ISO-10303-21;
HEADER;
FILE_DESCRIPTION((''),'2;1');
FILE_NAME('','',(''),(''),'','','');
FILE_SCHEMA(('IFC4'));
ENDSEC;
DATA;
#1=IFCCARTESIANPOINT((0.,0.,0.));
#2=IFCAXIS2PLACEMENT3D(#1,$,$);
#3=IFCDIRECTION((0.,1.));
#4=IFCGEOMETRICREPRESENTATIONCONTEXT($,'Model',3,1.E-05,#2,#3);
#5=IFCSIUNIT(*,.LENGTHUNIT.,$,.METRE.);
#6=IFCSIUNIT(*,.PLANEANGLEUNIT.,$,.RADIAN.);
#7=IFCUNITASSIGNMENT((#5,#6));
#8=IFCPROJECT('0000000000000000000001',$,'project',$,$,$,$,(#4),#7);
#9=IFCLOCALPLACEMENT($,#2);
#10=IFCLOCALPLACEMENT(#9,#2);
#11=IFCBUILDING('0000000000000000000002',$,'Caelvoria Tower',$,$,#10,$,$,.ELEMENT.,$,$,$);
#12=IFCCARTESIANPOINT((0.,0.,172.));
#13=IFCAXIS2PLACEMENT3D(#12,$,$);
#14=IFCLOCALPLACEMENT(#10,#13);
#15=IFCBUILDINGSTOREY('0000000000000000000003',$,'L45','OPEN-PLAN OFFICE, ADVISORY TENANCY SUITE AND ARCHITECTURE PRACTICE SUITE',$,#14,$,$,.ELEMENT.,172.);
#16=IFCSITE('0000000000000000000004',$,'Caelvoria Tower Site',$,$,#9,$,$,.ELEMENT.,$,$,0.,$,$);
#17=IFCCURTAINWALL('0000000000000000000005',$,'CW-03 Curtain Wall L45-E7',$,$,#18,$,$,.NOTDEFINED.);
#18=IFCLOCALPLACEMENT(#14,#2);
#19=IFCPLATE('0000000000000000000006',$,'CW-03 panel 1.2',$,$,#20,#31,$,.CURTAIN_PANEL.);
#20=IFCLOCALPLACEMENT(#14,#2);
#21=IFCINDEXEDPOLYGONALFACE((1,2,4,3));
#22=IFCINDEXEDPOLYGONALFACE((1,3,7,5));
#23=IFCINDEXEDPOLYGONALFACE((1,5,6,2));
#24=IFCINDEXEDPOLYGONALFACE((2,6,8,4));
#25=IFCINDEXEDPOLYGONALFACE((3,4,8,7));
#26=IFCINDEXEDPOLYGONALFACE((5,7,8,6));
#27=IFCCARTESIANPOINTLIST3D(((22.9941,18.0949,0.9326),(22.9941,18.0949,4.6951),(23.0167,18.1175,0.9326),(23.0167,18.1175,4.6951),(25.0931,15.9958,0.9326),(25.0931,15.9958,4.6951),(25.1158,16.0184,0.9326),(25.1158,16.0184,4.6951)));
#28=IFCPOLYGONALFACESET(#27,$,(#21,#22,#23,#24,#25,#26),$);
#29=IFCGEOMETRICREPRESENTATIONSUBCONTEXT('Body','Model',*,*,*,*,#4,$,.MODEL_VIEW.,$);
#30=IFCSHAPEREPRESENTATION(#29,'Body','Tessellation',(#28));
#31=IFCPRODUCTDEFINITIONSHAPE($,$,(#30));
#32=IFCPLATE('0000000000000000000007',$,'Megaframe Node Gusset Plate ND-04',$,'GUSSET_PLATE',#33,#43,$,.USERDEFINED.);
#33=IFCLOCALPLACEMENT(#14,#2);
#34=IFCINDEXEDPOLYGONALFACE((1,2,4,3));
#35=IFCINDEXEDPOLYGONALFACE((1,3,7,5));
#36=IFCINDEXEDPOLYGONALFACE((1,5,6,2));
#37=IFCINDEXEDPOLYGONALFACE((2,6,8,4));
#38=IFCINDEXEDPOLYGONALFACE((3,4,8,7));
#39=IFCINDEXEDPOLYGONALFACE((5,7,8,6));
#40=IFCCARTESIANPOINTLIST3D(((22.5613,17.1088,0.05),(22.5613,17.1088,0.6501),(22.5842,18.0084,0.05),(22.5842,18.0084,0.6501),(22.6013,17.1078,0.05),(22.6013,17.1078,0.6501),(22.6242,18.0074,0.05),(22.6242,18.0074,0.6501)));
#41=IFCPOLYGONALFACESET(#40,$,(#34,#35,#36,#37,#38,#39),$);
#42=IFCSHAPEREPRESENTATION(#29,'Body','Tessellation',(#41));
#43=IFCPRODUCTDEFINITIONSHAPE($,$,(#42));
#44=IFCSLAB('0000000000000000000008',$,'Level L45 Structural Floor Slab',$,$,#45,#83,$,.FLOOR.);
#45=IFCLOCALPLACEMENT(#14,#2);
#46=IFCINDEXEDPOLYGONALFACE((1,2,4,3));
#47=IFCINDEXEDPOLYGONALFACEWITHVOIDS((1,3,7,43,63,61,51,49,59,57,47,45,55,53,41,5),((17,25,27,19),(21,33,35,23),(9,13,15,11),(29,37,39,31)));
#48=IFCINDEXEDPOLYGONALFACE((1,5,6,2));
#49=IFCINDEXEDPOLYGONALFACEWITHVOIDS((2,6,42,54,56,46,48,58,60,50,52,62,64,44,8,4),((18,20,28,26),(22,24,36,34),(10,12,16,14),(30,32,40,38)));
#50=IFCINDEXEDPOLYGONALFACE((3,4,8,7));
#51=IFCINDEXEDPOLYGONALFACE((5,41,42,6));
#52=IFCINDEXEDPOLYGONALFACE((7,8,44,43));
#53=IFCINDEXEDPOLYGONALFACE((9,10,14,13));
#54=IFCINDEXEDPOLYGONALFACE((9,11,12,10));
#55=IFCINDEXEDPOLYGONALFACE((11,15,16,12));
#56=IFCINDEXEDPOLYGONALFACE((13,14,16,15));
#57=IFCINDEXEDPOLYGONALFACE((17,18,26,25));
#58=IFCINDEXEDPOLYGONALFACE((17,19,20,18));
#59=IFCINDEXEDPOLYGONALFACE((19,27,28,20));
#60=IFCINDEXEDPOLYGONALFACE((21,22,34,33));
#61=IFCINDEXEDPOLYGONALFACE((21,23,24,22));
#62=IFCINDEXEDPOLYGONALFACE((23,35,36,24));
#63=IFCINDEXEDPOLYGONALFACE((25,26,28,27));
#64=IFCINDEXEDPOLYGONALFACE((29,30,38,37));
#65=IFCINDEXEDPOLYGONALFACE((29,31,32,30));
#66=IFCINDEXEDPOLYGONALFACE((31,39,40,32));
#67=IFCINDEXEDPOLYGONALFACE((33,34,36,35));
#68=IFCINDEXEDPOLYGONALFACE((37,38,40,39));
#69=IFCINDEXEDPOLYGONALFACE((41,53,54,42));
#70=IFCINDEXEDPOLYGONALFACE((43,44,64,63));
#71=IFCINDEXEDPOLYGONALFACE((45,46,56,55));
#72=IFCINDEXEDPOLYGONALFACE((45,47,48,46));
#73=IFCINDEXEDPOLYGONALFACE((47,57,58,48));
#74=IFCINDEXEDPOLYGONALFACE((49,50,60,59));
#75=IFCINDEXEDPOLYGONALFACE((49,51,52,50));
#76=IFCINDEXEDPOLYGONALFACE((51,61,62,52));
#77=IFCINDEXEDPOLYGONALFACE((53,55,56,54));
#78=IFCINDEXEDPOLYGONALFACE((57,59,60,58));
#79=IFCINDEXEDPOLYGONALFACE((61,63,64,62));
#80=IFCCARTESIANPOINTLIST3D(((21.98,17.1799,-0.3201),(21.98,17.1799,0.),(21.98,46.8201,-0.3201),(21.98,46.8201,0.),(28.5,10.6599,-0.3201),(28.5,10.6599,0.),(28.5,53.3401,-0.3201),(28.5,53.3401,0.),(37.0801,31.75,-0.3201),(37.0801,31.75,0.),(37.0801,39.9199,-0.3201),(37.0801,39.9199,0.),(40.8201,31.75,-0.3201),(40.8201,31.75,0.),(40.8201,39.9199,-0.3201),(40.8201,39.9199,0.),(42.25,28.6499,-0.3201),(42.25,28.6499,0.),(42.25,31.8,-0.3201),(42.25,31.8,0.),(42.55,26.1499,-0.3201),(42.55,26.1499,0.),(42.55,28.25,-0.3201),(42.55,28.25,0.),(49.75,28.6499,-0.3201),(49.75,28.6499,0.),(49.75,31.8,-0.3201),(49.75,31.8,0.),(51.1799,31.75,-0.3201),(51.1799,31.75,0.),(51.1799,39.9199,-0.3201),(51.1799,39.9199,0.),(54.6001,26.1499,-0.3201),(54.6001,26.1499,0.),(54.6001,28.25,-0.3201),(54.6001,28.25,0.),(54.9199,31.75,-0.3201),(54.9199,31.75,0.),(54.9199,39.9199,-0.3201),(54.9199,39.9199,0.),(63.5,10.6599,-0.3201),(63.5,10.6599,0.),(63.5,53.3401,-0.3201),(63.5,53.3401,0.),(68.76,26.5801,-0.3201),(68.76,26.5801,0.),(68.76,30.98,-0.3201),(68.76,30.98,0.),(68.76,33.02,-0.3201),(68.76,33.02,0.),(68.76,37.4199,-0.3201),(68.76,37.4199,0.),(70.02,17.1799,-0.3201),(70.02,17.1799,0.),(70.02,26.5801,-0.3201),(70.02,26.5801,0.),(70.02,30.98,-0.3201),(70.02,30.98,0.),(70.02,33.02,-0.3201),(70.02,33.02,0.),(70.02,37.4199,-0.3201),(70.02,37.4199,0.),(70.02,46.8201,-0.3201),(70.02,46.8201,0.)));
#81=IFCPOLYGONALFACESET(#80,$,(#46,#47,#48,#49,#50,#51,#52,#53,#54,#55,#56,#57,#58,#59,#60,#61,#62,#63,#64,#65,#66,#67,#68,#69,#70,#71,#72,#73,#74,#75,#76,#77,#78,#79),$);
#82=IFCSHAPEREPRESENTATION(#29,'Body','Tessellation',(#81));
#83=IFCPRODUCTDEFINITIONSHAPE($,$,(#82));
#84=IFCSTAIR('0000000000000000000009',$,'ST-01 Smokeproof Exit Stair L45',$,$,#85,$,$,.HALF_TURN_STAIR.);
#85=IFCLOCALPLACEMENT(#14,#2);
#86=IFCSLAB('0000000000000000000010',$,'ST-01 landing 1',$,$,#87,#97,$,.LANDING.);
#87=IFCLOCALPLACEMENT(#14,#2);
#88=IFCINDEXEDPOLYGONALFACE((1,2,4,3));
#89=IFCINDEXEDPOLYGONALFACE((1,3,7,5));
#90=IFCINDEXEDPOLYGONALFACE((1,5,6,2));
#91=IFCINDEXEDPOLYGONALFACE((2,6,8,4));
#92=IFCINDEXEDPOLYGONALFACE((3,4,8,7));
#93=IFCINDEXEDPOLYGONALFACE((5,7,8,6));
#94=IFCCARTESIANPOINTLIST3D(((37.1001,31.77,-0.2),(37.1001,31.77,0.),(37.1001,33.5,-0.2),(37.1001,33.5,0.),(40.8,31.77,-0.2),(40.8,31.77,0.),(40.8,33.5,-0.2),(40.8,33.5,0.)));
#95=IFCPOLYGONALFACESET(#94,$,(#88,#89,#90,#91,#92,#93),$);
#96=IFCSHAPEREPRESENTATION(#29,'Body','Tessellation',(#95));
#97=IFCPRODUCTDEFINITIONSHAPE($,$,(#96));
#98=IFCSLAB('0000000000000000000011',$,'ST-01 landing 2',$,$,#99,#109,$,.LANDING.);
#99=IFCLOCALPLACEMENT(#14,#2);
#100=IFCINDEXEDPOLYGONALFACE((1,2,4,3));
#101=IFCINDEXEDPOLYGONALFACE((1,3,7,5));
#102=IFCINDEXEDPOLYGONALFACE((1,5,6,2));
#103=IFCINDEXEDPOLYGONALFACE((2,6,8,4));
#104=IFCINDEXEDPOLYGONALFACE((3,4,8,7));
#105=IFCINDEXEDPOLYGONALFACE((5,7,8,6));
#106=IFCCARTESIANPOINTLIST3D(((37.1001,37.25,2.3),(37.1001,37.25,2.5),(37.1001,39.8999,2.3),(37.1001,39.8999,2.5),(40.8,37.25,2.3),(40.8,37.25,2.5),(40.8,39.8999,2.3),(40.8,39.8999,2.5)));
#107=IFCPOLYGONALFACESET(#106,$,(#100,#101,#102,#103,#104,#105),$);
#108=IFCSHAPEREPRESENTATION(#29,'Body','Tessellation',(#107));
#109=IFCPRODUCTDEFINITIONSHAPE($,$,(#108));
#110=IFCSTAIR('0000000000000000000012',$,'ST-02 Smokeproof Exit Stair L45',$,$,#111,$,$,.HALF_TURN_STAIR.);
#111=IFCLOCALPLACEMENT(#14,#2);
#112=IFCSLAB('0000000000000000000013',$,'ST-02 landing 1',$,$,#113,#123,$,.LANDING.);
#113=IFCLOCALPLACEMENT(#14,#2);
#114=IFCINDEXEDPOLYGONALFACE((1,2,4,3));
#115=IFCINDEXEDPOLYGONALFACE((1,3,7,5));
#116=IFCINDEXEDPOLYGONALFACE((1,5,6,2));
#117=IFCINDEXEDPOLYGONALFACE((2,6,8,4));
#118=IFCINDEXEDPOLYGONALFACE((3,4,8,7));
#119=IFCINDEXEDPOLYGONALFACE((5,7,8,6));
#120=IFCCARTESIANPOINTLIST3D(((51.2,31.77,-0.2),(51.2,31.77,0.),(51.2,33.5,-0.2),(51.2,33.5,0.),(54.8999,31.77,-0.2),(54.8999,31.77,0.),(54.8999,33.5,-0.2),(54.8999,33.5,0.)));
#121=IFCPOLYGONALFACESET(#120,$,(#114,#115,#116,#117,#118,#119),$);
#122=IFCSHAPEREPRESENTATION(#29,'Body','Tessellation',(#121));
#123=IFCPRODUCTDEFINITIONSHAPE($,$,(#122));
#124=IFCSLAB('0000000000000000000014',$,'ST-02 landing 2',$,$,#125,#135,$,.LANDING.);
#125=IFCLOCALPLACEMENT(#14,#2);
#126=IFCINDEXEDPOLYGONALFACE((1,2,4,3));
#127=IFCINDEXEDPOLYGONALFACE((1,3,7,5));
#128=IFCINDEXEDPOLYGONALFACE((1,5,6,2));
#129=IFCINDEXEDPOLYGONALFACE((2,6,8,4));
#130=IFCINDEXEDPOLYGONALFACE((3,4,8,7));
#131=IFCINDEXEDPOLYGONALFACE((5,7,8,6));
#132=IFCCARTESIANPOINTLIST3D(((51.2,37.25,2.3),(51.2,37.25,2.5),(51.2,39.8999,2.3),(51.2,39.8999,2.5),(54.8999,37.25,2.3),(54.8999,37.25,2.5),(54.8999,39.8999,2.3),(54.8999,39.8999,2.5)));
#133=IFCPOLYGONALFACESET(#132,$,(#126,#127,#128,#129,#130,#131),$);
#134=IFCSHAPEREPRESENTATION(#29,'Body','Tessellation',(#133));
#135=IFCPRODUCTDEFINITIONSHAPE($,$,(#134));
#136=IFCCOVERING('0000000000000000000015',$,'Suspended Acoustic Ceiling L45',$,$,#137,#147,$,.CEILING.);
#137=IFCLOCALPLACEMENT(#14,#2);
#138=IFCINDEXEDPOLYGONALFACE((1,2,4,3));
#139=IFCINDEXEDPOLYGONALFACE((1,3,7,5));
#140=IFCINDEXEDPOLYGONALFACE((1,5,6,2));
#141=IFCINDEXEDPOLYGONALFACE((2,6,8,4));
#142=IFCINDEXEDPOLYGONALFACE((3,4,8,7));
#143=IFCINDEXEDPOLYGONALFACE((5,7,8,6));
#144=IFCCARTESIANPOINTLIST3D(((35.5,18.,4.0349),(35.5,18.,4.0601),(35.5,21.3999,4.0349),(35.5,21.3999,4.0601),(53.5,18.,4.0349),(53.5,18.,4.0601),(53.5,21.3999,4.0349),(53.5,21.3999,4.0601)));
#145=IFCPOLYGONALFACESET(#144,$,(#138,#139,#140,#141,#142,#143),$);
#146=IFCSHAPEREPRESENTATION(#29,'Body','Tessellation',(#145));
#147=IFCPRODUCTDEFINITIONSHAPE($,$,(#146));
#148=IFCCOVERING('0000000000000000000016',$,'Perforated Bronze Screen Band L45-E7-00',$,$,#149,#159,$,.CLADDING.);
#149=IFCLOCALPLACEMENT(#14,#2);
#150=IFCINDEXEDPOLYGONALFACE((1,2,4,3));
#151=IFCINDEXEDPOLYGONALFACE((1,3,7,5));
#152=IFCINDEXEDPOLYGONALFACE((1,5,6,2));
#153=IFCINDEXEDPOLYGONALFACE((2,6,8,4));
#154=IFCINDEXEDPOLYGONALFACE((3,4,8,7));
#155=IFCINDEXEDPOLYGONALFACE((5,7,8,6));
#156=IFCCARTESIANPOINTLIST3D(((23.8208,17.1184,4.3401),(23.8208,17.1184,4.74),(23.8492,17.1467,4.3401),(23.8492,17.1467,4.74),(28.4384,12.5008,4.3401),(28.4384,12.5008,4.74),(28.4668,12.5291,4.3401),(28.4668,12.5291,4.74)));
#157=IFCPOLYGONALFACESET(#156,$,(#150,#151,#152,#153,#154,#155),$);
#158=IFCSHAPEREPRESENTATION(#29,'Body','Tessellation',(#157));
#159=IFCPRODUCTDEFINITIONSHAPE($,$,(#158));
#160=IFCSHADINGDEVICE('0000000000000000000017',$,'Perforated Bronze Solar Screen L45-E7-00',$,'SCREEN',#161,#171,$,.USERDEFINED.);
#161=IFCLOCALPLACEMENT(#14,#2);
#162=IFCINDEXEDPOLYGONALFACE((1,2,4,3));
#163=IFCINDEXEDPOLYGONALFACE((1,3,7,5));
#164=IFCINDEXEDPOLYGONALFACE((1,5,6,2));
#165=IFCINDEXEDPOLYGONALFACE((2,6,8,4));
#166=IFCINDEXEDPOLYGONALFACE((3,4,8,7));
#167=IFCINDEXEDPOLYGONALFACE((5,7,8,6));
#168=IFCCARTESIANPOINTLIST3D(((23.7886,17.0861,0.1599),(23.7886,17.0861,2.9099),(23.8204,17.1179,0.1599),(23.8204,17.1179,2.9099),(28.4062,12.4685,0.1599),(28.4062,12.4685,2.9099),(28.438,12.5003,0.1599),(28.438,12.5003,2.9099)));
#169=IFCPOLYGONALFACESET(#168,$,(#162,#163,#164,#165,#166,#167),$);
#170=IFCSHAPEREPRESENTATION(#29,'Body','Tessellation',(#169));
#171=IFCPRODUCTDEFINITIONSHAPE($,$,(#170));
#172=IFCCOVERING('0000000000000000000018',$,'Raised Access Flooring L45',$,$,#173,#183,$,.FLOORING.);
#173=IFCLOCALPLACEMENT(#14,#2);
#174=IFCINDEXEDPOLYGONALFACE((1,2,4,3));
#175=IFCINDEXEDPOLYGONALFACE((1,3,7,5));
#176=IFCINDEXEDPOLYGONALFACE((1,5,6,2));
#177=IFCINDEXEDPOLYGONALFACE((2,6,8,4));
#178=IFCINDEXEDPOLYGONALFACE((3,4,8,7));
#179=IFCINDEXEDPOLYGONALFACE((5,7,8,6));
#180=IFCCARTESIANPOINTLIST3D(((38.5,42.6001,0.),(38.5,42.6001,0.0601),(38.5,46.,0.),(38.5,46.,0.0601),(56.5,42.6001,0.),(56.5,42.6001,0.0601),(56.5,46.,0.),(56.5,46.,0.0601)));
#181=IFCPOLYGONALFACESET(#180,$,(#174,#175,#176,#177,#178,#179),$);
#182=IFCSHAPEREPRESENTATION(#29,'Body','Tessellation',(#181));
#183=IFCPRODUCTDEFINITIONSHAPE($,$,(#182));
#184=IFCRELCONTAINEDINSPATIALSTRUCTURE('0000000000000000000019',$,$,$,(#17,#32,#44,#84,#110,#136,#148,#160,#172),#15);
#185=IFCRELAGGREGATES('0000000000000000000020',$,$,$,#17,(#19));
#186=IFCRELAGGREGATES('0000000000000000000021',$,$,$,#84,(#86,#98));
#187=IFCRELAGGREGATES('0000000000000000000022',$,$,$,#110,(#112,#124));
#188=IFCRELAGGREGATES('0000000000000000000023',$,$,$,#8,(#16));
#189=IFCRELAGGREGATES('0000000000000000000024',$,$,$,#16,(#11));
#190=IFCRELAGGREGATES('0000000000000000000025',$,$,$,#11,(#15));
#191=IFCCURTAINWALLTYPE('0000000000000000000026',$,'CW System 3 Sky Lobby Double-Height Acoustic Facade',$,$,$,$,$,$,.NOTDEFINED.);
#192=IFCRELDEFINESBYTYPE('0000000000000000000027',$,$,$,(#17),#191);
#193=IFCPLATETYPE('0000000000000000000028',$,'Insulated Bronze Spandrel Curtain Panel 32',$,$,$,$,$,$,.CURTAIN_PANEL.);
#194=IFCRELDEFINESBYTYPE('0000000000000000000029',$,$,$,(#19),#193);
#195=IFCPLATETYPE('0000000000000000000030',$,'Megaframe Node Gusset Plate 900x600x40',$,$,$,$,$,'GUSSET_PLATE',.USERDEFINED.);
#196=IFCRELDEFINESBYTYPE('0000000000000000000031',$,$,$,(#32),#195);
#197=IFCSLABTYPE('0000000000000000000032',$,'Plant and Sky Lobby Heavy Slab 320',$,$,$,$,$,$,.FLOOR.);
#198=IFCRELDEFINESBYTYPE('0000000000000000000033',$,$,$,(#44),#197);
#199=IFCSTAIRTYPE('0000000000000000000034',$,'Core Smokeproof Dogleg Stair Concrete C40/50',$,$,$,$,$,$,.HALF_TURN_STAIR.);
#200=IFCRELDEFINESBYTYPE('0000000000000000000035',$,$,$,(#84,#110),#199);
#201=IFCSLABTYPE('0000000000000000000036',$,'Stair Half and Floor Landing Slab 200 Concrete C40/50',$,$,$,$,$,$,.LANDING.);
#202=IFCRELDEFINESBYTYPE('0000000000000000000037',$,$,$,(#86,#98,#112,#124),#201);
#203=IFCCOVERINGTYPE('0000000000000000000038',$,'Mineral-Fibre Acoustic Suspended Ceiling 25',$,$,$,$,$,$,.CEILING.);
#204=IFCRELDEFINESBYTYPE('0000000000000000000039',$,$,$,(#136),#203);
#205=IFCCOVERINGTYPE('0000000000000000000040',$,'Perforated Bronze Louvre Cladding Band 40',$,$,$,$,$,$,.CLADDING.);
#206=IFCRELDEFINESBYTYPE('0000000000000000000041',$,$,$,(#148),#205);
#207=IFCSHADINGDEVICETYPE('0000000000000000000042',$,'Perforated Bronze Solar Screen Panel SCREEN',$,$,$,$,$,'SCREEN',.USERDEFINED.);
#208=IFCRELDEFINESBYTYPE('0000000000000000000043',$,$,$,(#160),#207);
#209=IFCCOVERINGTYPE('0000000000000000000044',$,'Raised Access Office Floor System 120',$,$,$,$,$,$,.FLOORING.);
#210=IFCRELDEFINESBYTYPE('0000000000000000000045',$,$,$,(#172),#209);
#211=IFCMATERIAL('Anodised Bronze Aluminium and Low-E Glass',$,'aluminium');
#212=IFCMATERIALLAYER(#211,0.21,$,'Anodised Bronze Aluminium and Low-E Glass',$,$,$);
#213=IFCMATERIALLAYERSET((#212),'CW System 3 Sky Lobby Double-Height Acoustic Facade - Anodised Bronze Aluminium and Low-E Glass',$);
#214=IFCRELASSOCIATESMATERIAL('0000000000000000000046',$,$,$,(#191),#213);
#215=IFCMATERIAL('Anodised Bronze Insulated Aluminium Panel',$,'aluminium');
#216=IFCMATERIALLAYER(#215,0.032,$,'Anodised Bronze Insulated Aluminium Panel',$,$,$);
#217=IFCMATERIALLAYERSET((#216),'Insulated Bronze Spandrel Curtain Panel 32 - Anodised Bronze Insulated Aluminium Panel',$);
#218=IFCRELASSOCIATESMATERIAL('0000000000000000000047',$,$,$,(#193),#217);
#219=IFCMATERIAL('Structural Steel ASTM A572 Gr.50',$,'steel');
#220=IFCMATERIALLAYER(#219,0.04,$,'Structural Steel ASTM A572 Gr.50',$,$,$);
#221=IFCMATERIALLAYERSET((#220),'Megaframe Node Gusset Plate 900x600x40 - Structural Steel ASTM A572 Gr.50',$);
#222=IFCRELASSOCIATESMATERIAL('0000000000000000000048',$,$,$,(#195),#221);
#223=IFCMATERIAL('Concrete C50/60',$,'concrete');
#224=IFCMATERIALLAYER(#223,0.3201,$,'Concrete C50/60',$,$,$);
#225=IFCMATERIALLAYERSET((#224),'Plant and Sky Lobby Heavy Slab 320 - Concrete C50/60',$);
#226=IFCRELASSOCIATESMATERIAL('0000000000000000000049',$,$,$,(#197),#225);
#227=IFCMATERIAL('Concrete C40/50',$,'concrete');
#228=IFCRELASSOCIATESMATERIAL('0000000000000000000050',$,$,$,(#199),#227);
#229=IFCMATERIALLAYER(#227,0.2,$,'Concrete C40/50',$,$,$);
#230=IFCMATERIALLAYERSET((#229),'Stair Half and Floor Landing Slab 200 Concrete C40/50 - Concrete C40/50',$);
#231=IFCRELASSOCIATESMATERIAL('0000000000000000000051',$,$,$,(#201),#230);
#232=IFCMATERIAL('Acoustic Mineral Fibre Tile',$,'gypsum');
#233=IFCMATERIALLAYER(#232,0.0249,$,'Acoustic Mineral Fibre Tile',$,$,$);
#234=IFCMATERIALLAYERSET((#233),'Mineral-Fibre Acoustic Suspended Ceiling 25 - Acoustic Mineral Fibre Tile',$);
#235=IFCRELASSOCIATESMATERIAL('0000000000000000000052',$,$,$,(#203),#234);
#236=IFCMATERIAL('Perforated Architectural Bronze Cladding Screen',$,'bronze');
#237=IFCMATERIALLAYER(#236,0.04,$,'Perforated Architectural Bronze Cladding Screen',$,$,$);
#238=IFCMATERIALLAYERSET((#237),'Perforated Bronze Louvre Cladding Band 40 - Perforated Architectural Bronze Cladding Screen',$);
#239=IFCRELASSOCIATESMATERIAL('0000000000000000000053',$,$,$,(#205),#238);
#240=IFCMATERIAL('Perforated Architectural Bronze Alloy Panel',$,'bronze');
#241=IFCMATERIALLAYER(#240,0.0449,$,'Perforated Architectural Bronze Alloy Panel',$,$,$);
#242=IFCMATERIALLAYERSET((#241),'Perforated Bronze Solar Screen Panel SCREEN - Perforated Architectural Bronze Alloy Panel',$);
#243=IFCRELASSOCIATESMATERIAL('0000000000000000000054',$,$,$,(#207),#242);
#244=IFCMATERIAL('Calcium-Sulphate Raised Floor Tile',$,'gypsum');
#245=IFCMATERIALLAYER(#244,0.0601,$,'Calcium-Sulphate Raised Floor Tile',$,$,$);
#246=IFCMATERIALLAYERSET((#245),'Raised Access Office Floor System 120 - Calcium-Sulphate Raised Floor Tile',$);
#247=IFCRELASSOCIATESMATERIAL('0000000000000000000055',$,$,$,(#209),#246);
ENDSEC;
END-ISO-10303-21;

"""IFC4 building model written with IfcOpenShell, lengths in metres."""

from ifc_helpers import new_model, si_unit, direction, frame, origin, origin_2d, place, context, subcontext, project, spatial, polyline, rectangle, outline, extrude, material, layer, layer_set, type_object, element, aggregate, save


model = new_model("IFC4")

# Units and contexts
model_context = context("Model", 3, precision=1e-05, world=origin(), true_north=direction((0.0, 1.0)))
body_context = subcontext(model_context, "Body", "Model", "MODEL_VIEW")
ifc_project = project(units=[si_unit("LENGTHUNIT", "METRE"), si_unit("PLANEANGLEUNIT", "RADIAN")], contexts=[model_context])

# Site, building, storey
site_placement = place(None, origin())
site = spatial("IfcSite", under=ifc_project, at=site_placement, Name="Caelvoria Tower Site", CompositionType="ELEMENT", RefElevation=0.0)
building_placement = place(site_placement, origin())
building = spatial("IfcBuilding", under=site, at=building_placement, Name="Caelvoria Tower", CompositionType="ELEMENT")
storey_placement = place(building_placement, frame((0.0, 0.0, 172.0)))
storey = spatial("IfcBuildingStorey", under=building, at=storey_placement, Name="L45", Description="OPEN-PLAN OFFICE, ADVISORY TENANCY SUITE AND ARCHITECTURE PRACTICE SUITE", CompositionType="ELEMENT", Elevation=172.0)

# Shared definitions
ifc_material_1 = material(Name="Structural Steel ASTM A572 Gr.50", Category="steel")

# Shared definitions
ifc_material_2 = material(Name="Anodised Bronze Aluminium and Low-E Glass", Category="aluminium")
ifc_layer_1 = layer(ifc_material_2, 0.21, Name="Anodised Bronze Aluminium and Low-E Glass")
ifc_layer_set_1 = layer_set([ifc_layer_1], Name="CW System 3 Sky Lobby Double-Height Acoustic Facade - Anodised Bronze Aluminium and Low-E Glass")
curtain_wall_type = type_object("IfcCurtainWallType", Name="CW System 3 Sky Lobby Double-Height Acoustic Facade", PredefinedType="NOTDEFINED", material=ifc_layer_set_1)

# Curtain wall
curtain_wall_1_placement = place(storey_placement, origin())
curtain_wall_1 = element("IfcCurtainWall", 1, at=curtain_wall_1_placement, inside=storey, type_object=curtain_wall_type, Name="CW-03 Curtain Wall L45-E7", PredefinedType="NOTDEFINED")

# Shared definitions
ifc_material_3 = material(Name="Concrete C50/60", Category="concrete")

# Plates
ifc_material_4 = material(Name="Anodised Bronze Insulated Aluminium Panel", Category="aluminium")
ifc_layer_2 = layer(ifc_material_4, 0.032, Name="Anodised Bronze Insulated Aluminium Panel")
ifc_layer_set_2 = layer_set([ifc_layer_2], Name="Insulated Bronze Spandrel Curtain Panel 32 - Anodised Bronze Insulated Aluminium Panel")
plate_type_1 = type_object("IfcPlateType", Name="Insulated Bronze Spandrel Curtain Panel 32", PredefinedType="CURTAIN_PANEL", material=ifc_layer_set_2)
plate_1_placement = place(storey_placement, frame((24.0549, 17.0566, 0.9326), z_axis=(0.0, 0.0, 1.0), x_axis=(0.707107, -0.707107, 0.0)))
plate_1 = element("IfcPlate", 2, at=plate_1_placement, type_object=plate_type_1, Name="CW-03 panel 1.2", PredefinedType="CURTAIN_PANEL", context=body_context, shape_type="SweptSolid", body=[
    extrude(rectangle(XDim=2.9685, YDim=0.032, at=origin_2d()), origin(), (0.0, 0.0, 1.0), 3.7625),
])
aggregate(curtain_wall_1, [plate_1])
ifc_layer_3 = layer(ifc_material_1, 0.04, Name="Structural Steel ASTM A572 Gr.50")
ifc_layer_set_3 = layer_set([ifc_layer_3], Name="Megaframe Node Gusset Plate 900x600x40 - Structural Steel ASTM A572 Gr.50")
plate_type_2 = type_object("IfcPlateType", Name="Megaframe Node Gusset Plate 900x600x40", ElementType="GUSSET_PLATE", PredefinedType="USERDEFINED", material=ifc_layer_set_3)
plate_2_placement = place(storey_placement, frame((22.5928, 17.5581, 0.05), z_axis=(0.0, 0.0, 1.0), x_axis=(0.025418, 0.999677, 0.0)))
element("IfcPlate", 3, at=plate_2_placement, inside=storey, type_object=plate_type_2, Name="Megaframe Node Gusset Plate ND-04", ObjectType="GUSSET_PLATE", PredefinedType="USERDEFINED", context=body_context, shape_type="SweptSolid", body=[
    extrude(rectangle(XDim=0.8999, YDim=0.04, at=origin_2d()), origin(), (0.0, 0.0, 1.0), 0.6001),
])

# Slab
ifc_layer_4 = layer(ifc_material_3, 0.3201, Name="Concrete C50/60")
ifc_layer_set_4 = layer_set([ifc_layer_4], Name="Plant and Sky Lobby Heavy Slab 320 - Concrete C50/60")
slab_type_1 = type_object("IfcSlabType", Name="Plant and Sky Lobby Heavy Slab 320", PredefinedType="FLOOR", material=ifc_layer_set_4)
slab_1_placement = place(storey_placement, frame((0.0, 0.0, -0.3201)))
element("IfcSlab", 4, at=slab_1_placement, inside=storey, type_object=slab_type_1, Name="Level L45 Structural Floor Slab", PredefinedType="FLOOR", context=body_context, shape_type="SweptSolid", body=[
    extrude(outline(polyline([(70.02, 17.1799), (70.02, 26.5801), (68.76, 26.5801), (68.76, 30.98), (70.02, 30.98), (70.02, 33.02), (68.76, 33.02), (68.76, 37.4199), (70.02, 37.4199), (70.02, 46.8201), (63.5, 53.3401), (28.5, 53.3401), (21.98, 46.8201), (21.98, 17.1799), (28.5, 10.6599), (63.5, 10.6599), (70.02, 17.1799)]), holes=[polyline([(37.0801, 31.75), (40.8201, 31.75), (40.8201, 39.9199), (37.0801, 39.9199), (37.0801, 31.75)]), polyline([(51.1799, 31.75), (54.9199, 31.75), (54.9199, 39.9199), (51.1799, 39.9199), (51.1799, 31.75)]), polyline([(42.25, 28.6499), (49.75, 28.6499), (49.75, 31.8), (42.25, 31.8), (42.25, 28.6499)]), polyline([(42.55, 26.1499), (54.6001, 26.1499), (54.6001, 28.25), (42.55, 28.25), (42.55, 26.1499)])]), origin(), (0.0, 0.0, 1.0), 0.3201),
])

# Stairs, slabs
ifc_material_5 = material(Name="Concrete C40/50", Category="concrete")
stair_type = type_object("IfcStairType", Name="Core Smokeproof Dogleg Stair Concrete C40/50", PredefinedType="HALF_TURN_STAIR", material=ifc_material_5)
stair_1_placement = place(storey_placement, origin())
stair_1 = element("IfcStair", 5, at=stair_1_placement, inside=storey, type_object=stair_type, Name="ST-01 Smokeproof Exit Stair L45", PredefinedType="HALF_TURN_STAIR")
ifc_layer_5 = layer(ifc_material_5, 0.2, Name="Concrete C40/50")
ifc_layer_set_5 = layer_set([ifc_layer_5], Name="Stair Half and Floor Landing Slab 200 Concrete C40/50 - Concrete C40/50")
slab_type_2 = type_object("IfcSlabType", Name="Stair Half and Floor Landing Slab 200 Concrete C40/50", PredefinedType="LANDING", material=ifc_layer_set_5)
slab_2_placement = place(storey_placement, frame((0.0, 0.0, -0.2)))
slab_2 = element("IfcSlab", 6, at=slab_2_placement, type_object=slab_type_2, Name="ST-01 landing 1", PredefinedType="LANDING", context=body_context, shape_type="SweptSolid", body=[
    extrude(outline(polyline([(37.1001, 31.77), (40.8, 31.77), (40.8, 33.5), (37.1001, 33.5), (37.1001, 31.77)])), origin(), (0.0, 0.0, 1.0), 0.2),
])
slab_3_placement = place(storey_placement, frame((0.0, 0.0, 2.3)))
slab_3 = element("IfcSlab", 7, at=slab_3_placement, type_object=slab_type_2, Name="ST-01 landing 2", PredefinedType="LANDING", context=body_context, shape_type="SweptSolid", body=[
    extrude(outline(polyline([(37.1001, 37.25), (40.8, 37.25), (40.8, 39.8999), (37.1001, 39.8999), (37.1001, 37.25)])), origin(), (0.0, 0.0, 1.0), 0.2),
])
aggregate(stair_1, [slab_2, slab_3])
stair_2_placement = place(storey_placement, origin())
stair_2 = element("IfcStair", 8, at=stair_2_placement, inside=storey, type_object=stair_type, Name="ST-02 Smokeproof Exit Stair L45", PredefinedType="HALF_TURN_STAIR")
slab_4_placement = place(storey_placement, frame((0.0, 0.0, -0.2)))
slab_4 = element("IfcSlab", 9, at=slab_4_placement, type_object=slab_type_2, Name="ST-02 landing 1", PredefinedType="LANDING", context=body_context, shape_type="SweptSolid", body=[
    extrude(outline(polyline([(51.2, 31.77), (54.8999, 31.77), (54.8999, 33.5), (51.2, 33.5), (51.2, 31.77)])), origin(), (0.0, 0.0, 1.0), 0.2),
])
slab_5_placement = place(storey_placement, frame((0.0, 0.0, 2.3)))
slab_5 = element("IfcSlab", 10, at=slab_5_placement, type_object=slab_type_2, Name="ST-02 landing 2", PredefinedType="LANDING", context=body_context, shape_type="SweptSolid", body=[
    extrude(outline(polyline([(51.2, 37.25), (54.8999, 37.25), (54.8999, 39.8999), (51.2, 39.8999), (51.2, 37.25)])), origin(), (0.0, 0.0, 1.0), 0.2),
])
aggregate(stair_2, [slab_4, slab_5])

# Coverings
ifc_material_6 = material(Name="Acoustic Mineral Fibre Tile", Category="gypsum")
ifc_layer_6 = layer(ifc_material_6, 0.0249, Name="Acoustic Mineral Fibre Tile")
ifc_layer_set_6 = layer_set([ifc_layer_6], Name="Mineral-Fibre Acoustic Suspended Ceiling 25 - Acoustic Mineral Fibre Tile")
covering_type_1 = type_object("IfcCoveringType", Name="Mineral-Fibre Acoustic Suspended Ceiling 25", PredefinedType="CEILING", material=ifc_layer_set_6)
covering_1_placement = place(storey_placement, frame((0.0, 0.0, 4.0349)))
element("IfcCovering", 11, at=covering_1_placement, inside=storey, type_object=covering_type_1, Name="Suspended Acoustic Ceiling L45", PredefinedType="CEILING", context=body_context, shape_type="SweptSolid", body=[
    extrude(outline(polyline([(35.5, 18.0), (53.5, 18.0), (53.5, 21.3999), (35.5, 21.3999), (35.5, 18.0)])), origin(), (0.0, 0.0, 1.0), 0.0251),
])
ifc_material_7 = material(Name="Perforated Architectural Bronze Cladding Screen", Category="bronze")
ifc_layer_7 = layer(ifc_material_7, 0.04, Name="Perforated Architectural Bronze Cladding Screen")
ifc_layer_set_7 = layer_set([ifc_layer_7], Name="Perforated Bronze Louvre Cladding Band 40 - Perforated Architectural Bronze Cladding Screen")
covering_type_2 = type_object("IfcCoveringType", Name="Perforated Bronze Louvre Cladding Band 40", PredefinedType="CLADDING", material=ifc_layer_set_7)
covering_2_placement = place(storey_placement, frame((26.1438, 14.8237, 4.3401), z_axis=(0.0, 0.0, 1.0), x_axis=(0.707107, -0.707107, 0.0)))
element("IfcCovering", 12, at=covering_2_placement, inside=storey, type_object=covering_type_2, Name="Perforated Bronze Screen Band L45-E7-00", PredefinedType="CLADDING", context=body_context, shape_type="SweptSolid", body=[
    extrude(rectangle(XDim=6.5303, YDim=0.04, at=origin_2d()), origin(), (0.0, 0.0, 1.0), 0.3999),
])

# Shading device
ifc_material_8 = material(Name="Perforated Architectural Bronze Alloy Panel", Category="bronze")
ifc_layer_8 = layer(ifc_material_8, 0.0449, Name="Perforated Architectural Bronze Alloy Panel")
ifc_layer_set_8 = layer_set([ifc_layer_8], Name="Perforated Bronze Solar Screen Panel SCREEN - Perforated Architectural Bronze Alloy Panel")
shading_device_type = type_object("IfcShadingDeviceType", Name="Perforated Bronze Solar Screen Panel SCREEN", ElementType="SCREEN", PredefinedType="USERDEFINED", material=ifc_layer_set_8)
shading_device_placement = place(storey_placement, frame((26.1133, 14.7932, 0.1599), z_axis=(0.0, 0.0, 1.0), x_axis=(0.707107, -0.707107, 0.0)))
element("IfcShadingDevice", 13, at=shading_device_placement, inside=storey, type_object=shading_device_type, Name="Perforated Bronze Solar Screen L45-E7-00", ObjectType="SCREEN", PredefinedType="USERDEFINED", context=body_context, shape_type="SweptSolid", body=[
    extrude(rectangle(XDim=6.5303, YDim=0.0449, at=origin_2d()), origin(), (0.0, 0.0, 1.0), 2.75),
])

# Covering
ifc_material_9 = material(Name="Calcium-Sulphate Raised Floor Tile", Category="gypsum")
ifc_layer_9 = layer(ifc_material_9, 0.0601, Name="Calcium-Sulphate Raised Floor Tile")
ifc_layer_set_9 = layer_set([ifc_layer_9], Name="Raised Access Office Floor System 120 - Calcium-Sulphate Raised Floor Tile")
covering_type_3 = type_object("IfcCoveringType", Name="Raised Access Office Floor System 120", PredefinedType="FLOORING", material=ifc_layer_set_9)
covering_3_placement = place(storey_placement, origin())
element("IfcCovering", 14, at=covering_3_placement, inside=storey, type_object=covering_type_3, Name="Raised Access Flooring L45", PredefinedType="FLOORING", context=body_context, shape_type="SweptSolid", body=[
    extrude(outline(polyline([(38.5, 42.6001), (56.5, 42.6001), (56.5, 46.0), (38.5, 46.0), (38.5, 42.6001)])), origin(), (0.0, 0.0, 1.0), 0.0601),
])

save(model, "model.ifc")
